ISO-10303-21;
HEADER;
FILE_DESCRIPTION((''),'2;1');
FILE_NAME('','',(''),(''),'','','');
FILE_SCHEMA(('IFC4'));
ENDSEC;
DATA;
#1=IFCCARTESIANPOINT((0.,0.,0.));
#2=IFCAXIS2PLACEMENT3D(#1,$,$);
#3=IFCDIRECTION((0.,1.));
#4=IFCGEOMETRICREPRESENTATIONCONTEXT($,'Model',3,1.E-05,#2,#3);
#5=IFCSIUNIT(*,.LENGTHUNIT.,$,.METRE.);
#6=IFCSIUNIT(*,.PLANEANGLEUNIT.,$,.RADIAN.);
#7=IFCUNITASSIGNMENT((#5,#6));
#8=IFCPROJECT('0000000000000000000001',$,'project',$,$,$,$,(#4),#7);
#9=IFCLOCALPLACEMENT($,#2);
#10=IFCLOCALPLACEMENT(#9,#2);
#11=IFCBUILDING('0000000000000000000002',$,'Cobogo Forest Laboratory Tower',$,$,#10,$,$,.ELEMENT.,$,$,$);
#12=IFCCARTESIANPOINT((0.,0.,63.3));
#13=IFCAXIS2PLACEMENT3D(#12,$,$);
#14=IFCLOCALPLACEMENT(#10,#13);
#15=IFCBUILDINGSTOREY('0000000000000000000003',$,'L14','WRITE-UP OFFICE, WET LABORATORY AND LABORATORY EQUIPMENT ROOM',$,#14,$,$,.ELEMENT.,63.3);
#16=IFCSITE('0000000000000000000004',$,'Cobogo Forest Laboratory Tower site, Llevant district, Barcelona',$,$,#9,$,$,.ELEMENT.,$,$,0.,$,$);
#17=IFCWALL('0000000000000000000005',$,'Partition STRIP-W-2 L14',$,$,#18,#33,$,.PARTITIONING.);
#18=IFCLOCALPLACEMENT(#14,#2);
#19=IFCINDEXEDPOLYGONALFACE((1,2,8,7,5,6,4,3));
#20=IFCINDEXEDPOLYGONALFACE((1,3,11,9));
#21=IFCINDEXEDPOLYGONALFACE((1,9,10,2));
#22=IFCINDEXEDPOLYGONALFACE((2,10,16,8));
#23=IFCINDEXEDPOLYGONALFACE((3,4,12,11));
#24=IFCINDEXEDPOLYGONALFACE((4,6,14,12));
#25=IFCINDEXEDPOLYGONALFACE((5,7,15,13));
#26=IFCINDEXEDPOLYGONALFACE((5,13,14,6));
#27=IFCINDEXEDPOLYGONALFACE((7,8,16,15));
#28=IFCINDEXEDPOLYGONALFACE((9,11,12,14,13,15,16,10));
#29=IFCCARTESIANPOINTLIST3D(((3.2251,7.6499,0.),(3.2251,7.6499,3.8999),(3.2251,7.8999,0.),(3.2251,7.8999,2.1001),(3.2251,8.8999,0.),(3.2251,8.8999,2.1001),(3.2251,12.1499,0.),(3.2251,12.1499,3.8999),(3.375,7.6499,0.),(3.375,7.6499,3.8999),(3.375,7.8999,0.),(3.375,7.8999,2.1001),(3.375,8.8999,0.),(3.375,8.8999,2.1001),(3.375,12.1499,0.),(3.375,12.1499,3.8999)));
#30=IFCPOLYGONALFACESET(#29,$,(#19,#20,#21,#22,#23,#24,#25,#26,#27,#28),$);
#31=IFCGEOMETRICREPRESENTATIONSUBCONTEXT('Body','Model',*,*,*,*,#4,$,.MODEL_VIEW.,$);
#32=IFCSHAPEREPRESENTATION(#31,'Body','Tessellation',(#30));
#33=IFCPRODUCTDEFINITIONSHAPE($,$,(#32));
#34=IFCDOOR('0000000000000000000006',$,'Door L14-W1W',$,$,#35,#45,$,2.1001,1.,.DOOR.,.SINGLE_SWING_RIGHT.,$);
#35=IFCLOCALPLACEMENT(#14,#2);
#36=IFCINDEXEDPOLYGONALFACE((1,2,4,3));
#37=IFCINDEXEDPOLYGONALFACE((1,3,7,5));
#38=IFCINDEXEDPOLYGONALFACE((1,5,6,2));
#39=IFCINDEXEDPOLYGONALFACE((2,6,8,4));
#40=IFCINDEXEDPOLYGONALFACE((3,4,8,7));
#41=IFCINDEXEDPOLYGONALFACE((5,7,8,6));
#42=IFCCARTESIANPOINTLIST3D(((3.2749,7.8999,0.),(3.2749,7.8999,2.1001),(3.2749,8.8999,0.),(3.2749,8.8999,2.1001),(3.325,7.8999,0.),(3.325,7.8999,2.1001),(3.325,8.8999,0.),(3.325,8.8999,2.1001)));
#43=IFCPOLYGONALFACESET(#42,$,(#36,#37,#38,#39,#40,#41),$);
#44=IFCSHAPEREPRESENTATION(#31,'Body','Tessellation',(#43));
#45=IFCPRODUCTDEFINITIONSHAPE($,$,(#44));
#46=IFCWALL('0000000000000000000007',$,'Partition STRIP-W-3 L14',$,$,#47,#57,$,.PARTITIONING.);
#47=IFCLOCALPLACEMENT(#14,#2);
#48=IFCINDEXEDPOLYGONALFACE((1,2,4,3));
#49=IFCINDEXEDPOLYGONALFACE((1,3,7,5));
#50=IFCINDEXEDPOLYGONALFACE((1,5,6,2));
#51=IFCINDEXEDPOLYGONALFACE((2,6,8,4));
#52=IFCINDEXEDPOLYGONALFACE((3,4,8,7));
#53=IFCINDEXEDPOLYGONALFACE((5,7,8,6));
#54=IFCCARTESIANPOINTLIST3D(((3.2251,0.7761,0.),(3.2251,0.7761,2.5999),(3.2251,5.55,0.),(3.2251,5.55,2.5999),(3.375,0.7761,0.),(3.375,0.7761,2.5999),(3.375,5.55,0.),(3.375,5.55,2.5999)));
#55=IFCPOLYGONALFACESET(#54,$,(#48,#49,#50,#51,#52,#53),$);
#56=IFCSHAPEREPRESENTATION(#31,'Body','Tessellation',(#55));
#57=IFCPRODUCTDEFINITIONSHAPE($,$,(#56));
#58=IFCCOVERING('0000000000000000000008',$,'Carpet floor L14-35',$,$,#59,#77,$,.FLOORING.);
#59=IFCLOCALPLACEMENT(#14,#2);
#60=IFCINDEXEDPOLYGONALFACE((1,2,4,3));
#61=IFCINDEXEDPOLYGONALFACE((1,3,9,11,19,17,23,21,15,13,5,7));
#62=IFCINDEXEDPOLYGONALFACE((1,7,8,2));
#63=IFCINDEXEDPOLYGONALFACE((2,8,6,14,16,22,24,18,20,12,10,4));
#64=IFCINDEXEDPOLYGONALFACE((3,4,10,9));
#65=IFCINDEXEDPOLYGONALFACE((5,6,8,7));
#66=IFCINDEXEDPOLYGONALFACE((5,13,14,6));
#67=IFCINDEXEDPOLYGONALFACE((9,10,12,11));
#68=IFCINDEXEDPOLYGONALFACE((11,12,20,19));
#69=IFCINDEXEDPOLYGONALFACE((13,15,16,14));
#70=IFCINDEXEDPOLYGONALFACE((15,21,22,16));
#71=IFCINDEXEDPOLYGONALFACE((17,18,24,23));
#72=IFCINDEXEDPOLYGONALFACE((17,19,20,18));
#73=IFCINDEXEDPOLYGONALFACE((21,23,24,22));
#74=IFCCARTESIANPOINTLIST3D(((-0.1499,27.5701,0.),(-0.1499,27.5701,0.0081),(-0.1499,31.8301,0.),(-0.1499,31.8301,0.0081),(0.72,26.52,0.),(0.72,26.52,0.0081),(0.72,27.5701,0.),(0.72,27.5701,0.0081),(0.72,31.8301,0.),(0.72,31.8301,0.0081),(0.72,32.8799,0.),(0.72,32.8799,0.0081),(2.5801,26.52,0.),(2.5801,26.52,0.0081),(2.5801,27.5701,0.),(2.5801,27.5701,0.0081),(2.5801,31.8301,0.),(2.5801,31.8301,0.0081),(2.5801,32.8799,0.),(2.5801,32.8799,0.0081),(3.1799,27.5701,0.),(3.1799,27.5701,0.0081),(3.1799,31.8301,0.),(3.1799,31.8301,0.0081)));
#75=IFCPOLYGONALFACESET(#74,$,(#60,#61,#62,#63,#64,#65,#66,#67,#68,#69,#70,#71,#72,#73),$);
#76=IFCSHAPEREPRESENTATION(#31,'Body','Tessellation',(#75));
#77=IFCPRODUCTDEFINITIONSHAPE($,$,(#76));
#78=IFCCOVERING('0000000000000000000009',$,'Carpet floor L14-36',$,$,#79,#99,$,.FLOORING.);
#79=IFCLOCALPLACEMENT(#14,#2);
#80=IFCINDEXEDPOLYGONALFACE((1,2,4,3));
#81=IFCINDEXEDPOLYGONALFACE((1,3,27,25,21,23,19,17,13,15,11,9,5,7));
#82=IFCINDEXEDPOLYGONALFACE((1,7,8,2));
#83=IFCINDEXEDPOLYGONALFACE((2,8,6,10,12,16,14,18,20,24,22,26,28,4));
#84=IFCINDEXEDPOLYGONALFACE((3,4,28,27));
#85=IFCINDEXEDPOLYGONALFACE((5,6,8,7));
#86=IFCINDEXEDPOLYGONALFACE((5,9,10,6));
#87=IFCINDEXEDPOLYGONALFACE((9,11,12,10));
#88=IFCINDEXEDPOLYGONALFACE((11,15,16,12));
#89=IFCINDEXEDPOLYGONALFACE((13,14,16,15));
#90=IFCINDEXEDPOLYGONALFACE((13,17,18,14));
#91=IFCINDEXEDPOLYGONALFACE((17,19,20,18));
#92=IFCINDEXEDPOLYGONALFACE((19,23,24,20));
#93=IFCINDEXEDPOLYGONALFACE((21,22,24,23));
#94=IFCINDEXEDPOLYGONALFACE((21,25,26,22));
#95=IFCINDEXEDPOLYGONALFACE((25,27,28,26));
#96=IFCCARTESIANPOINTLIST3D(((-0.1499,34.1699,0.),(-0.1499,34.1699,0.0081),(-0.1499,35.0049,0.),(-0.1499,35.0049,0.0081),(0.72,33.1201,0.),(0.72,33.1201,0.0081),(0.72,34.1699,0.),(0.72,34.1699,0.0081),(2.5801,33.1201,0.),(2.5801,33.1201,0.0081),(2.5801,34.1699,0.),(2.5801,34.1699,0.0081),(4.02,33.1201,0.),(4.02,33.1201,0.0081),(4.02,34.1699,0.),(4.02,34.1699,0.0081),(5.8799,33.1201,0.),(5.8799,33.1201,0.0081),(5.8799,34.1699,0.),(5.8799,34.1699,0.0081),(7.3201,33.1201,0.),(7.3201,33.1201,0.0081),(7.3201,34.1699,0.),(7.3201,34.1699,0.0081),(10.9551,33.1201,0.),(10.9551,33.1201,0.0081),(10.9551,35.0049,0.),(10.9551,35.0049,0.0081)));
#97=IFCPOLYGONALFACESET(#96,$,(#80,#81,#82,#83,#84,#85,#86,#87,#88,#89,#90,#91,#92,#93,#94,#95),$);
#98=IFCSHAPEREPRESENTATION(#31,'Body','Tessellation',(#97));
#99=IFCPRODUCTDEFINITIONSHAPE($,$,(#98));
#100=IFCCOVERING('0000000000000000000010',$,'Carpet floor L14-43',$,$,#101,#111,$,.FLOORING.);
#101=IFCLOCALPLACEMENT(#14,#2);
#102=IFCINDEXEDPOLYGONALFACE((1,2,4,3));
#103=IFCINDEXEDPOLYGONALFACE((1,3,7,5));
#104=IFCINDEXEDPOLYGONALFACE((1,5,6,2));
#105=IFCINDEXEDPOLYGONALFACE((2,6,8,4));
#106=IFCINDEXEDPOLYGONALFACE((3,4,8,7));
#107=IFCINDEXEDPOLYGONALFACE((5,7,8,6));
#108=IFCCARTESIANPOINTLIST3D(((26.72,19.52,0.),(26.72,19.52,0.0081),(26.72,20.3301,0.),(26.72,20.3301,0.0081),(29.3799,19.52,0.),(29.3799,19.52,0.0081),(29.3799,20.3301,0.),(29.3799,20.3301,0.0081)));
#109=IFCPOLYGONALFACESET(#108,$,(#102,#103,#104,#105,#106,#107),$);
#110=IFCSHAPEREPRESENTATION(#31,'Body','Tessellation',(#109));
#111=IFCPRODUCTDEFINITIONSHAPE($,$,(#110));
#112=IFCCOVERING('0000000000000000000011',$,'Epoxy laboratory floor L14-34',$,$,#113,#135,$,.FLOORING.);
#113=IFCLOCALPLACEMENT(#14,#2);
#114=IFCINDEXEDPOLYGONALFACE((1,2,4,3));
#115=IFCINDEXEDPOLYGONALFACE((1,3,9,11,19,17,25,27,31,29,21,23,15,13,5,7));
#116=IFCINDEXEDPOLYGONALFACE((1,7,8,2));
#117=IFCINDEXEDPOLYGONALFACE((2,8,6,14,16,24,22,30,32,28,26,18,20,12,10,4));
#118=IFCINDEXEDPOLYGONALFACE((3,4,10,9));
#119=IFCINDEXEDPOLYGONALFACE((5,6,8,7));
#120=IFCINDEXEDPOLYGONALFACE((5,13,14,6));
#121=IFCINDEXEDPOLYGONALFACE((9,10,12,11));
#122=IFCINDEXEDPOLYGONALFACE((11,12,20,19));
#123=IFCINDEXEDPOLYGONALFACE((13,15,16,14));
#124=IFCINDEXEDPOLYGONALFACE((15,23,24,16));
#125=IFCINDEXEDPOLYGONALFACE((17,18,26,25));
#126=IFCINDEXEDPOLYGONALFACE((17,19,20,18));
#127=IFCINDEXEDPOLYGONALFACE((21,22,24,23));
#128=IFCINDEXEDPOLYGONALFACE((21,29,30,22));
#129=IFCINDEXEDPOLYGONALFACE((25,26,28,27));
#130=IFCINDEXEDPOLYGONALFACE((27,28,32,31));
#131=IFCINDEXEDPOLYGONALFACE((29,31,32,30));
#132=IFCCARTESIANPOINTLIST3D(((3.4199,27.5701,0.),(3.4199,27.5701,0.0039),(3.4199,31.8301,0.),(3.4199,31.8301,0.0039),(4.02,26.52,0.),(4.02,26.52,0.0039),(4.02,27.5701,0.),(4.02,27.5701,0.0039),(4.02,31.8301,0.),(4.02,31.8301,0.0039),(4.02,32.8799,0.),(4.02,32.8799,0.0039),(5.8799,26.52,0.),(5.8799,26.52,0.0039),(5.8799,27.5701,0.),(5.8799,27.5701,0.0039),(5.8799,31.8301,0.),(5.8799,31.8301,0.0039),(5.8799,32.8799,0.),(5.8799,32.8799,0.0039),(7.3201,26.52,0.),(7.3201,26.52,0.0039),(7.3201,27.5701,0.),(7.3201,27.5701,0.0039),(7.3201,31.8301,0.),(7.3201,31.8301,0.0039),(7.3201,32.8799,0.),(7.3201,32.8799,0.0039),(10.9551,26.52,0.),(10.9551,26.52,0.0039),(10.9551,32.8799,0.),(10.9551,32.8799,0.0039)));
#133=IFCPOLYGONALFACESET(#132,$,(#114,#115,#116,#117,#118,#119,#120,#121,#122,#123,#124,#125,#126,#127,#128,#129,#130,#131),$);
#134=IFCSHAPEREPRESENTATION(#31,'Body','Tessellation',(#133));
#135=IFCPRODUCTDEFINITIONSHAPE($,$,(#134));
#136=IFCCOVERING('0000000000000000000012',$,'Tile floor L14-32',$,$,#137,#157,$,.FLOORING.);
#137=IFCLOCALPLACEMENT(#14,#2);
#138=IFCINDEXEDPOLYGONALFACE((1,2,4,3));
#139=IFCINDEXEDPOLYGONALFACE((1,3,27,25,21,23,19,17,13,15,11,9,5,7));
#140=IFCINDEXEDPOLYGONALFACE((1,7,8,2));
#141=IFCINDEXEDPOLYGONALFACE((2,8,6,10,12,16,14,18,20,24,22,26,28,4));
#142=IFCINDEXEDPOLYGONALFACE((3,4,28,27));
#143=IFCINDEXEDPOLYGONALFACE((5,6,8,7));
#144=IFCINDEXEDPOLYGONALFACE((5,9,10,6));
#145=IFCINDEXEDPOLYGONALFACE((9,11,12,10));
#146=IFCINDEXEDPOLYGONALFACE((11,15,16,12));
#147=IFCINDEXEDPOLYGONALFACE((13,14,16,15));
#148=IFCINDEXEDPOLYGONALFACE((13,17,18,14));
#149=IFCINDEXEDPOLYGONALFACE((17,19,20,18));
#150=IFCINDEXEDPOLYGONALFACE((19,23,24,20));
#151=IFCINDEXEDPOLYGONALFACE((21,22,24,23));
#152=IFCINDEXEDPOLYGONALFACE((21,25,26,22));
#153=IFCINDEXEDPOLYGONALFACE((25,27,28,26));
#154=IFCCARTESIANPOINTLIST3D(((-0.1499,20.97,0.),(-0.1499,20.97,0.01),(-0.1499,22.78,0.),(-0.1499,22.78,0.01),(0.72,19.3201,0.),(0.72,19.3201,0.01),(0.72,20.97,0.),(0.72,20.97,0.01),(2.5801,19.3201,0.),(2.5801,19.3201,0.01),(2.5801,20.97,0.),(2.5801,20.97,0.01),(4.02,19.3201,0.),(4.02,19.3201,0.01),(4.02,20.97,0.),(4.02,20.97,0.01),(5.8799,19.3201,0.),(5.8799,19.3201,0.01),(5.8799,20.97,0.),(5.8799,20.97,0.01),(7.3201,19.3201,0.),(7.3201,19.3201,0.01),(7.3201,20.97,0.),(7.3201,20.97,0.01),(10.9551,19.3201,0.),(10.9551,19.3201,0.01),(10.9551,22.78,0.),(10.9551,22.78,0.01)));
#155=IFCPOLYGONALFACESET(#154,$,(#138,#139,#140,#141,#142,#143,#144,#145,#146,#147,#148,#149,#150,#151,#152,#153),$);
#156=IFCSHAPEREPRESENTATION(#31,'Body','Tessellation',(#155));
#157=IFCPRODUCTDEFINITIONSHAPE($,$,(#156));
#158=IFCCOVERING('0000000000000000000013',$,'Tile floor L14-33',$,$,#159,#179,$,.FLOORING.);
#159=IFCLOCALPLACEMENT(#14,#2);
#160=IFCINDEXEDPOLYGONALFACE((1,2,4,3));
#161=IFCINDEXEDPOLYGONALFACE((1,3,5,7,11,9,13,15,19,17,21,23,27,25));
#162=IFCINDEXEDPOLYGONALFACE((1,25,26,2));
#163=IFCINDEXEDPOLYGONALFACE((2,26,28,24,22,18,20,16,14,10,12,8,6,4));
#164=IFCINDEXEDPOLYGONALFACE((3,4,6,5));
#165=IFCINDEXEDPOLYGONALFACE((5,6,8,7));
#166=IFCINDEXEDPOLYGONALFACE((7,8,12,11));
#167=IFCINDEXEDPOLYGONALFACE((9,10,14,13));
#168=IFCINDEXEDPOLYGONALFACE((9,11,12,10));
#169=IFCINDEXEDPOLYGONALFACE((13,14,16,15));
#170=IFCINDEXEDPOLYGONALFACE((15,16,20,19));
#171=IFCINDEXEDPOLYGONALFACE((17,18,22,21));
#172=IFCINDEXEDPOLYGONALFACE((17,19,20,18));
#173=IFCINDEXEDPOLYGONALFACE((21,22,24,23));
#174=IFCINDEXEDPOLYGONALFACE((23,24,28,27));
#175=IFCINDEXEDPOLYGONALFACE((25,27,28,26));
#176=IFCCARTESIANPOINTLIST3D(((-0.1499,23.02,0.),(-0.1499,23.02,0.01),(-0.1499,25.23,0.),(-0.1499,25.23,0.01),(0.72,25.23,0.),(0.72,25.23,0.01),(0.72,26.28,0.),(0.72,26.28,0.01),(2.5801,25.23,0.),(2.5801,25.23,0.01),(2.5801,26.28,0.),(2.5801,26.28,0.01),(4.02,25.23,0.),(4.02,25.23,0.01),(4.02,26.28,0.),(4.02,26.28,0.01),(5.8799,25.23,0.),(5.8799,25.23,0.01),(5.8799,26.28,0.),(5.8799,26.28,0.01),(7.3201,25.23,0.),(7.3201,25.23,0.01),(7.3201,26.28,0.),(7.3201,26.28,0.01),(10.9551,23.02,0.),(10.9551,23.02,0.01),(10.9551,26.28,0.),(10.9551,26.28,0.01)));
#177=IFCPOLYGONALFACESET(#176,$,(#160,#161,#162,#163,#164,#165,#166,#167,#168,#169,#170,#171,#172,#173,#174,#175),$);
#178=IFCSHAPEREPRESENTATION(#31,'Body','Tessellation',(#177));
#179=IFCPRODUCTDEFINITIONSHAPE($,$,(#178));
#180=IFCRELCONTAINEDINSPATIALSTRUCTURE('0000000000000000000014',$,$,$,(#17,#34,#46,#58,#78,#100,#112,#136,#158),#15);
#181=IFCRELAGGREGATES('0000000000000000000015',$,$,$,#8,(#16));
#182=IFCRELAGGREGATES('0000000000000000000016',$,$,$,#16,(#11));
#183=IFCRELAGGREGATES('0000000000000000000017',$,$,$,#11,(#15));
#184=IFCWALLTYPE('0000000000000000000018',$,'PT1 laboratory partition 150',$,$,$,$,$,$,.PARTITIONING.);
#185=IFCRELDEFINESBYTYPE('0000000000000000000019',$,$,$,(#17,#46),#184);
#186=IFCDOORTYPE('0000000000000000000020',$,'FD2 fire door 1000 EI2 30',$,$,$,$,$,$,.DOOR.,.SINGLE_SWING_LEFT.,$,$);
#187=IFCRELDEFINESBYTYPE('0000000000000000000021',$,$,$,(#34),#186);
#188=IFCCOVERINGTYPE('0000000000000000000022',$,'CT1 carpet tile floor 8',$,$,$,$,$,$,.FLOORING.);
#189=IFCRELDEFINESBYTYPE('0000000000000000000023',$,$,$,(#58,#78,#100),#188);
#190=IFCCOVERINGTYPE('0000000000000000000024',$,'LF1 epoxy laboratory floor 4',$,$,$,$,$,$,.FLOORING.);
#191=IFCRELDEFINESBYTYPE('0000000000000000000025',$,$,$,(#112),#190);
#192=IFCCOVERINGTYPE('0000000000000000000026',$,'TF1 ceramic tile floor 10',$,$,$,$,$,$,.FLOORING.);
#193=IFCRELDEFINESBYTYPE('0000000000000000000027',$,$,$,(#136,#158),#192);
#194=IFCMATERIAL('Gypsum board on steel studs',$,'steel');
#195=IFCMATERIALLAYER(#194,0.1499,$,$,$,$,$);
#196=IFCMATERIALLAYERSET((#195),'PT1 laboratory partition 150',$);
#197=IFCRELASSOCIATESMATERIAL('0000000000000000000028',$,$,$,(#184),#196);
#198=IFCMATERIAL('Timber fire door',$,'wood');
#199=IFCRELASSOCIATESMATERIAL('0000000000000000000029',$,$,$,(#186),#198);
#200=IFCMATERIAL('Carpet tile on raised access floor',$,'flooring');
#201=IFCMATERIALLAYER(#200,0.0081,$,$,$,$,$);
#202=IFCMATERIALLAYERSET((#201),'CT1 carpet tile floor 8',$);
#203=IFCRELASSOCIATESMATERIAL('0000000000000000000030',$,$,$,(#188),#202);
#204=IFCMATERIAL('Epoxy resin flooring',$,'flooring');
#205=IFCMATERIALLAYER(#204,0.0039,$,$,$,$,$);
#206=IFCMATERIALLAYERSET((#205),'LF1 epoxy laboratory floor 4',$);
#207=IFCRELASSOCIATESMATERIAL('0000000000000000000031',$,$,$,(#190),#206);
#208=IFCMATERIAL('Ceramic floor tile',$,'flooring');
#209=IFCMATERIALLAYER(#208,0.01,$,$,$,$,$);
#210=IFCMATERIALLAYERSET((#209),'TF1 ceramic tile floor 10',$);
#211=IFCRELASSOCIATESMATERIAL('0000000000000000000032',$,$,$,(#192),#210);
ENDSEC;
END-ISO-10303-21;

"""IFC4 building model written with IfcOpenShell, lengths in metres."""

from ifc_helpers import new_model, si_unit, direction, frame, frame_2d, origin, place, context, subcontext, project, spatial, polyline, rectangle, outline, extrude, material, layer, layer_set, type_object, element, fill, save


model = new_model("IFC4")

# Units and contexts
model_context = context("Model", 3, precision=1e-05, world=origin(), true_north=direction((0.0, 1.0)))
body_context = subcontext(model_context, "Body", "Model", "MODEL_VIEW")
ifc_project = project(units=[si_unit("LENGTHUNIT", "METRE"), si_unit("PLANEANGLEUNIT", "RADIAN")], contexts=[model_context])

# Site, building, storey
site_placement = place(None, origin())
site = spatial("IfcSite", under=ifc_project, at=site_placement, Name="Cobogo Forest Laboratory Tower site, Llevant district, Barcelona", CompositionType="ELEMENT", RefElevation=0.0)
building_placement = place(site_placement, origin())
building = spatial("IfcBuilding", under=site, at=building_placement, Name="Cobogo Forest Laboratory Tower", CompositionType="ELEMENT")
storey_placement = place(building_placement, frame((0.0, 0.0, 63.3)))
storey = spatial("IfcBuildingStorey", under=building, at=storey_placement, Name="L14", Description="WRITE-UP OFFICE, WET LABORATORY AND LABORATORY EQUIPMENT ROOM", CompositionType="ELEMENT", Elevation=63.3)

# Wall, opening, door
ifc_material_1 = material(Name="Gypsum board on steel studs", Category="steel")
ifc_layer_1 = layer(ifc_material_1, 0.1499)
ifc_layer_set_1 = layer_set([ifc_layer_1], Name="PT1 laboratory partition 150")
wall_type = type_object("IfcWallType", Name="PT1 laboratory partition 150", PredefinedType="PARTITIONING", material=ifc_layer_set_1)
wall_1_placement = place(storey_placement, frame((3.3, 12.1499, 0.0), z_axis=(0.0, 0.0, 1.0), x_axis=(0.0, -1.0, 0.0)))
wall_1 = element("IfcWall", 1, at=wall_1_placement, inside=storey, type_object=wall_type, Name="Partition STRIP-W-2 L14", PredefinedType="PARTITIONING", context=body_context, shape_type="SweptSolid", body=[
    extrude(rectangle(XDim=4.5, YDim=0.1499, at=frame_2d((2.25, 0.0))), origin(), (0.0, 0.0, 1.0), 3.8999),
])
opening_placement = place(wall_1_placement, frame((3.25, 0.0, 0.0)))
opening = element("IfcOpeningElement", 2, at=opening_placement, cuts=wall_1, PredefinedType="OPENING", context=body_context, shape_type="SweptSolid", body=[
    extrude(rectangle(XDim=1.0, YDim=2.1001, at=frame_2d((0.5, 1.05))), frame((0.0, 0.085, 0.0), z_axis=(0.0, -1.0, 0.0), x_axis=(1.0, 0.0, 0.0)), (0.0, 0.0, 1.0), 0.1699),
])
ifc_material_2 = material(Name="Timber fire door", Category="wood")
door_type = type_object("IfcDoorType", Name="FD2 fire door 1000 EI2 30", OperationType="SINGLE_SWING_LEFT", PredefinedType="DOOR", material=ifc_material_2)
door_placement = place(opening_placement, origin())
door = element("IfcDoor", 3, at=door_placement, inside=storey, type_object=door_type, Name="Door L14-W1W", OperationType="SINGLE_SWING_RIGHT", OverallHeight=2.1001, OverallWidth=1.0, PredefinedType="DOOR", context=body_context, shape_type="SweptSolid", body=[
    extrude(rectangle(XDim=1.0, YDim=2.1001, at=frame_2d((0.5, 1.05))), frame((0.0, 0.0249, 0.0), z_axis=(0.0, -1.0, 0.0), x_axis=(1.0, 0.0, 0.0)), (0.0, 0.0, 1.0), 0.05),
])
fill(opening, door)

# Wall
wall_2_placement = place(storey_placement, frame((3.3, 5.55, 0.0), z_axis=(0.0, 0.0, 1.0), x_axis=(0.0, -1.0, 0.0)))
element("IfcWall", 4, at=wall_2_placement, inside=storey, type_object=wall_type, Name="Partition STRIP-W-3 L14", PredefinedType="PARTITIONING", context=body_context, shape_type="SweptSolid", body=[
    extrude(rectangle(XDim=4.7739, YDim=0.1499, at=frame_2d((2.387, 0.0))), origin(), (0.0, 0.0, 1.0), 2.5999),
])

# Coverings
ifc_material_3 = material(Name="Carpet tile on raised access floor", Category="flooring")
ifc_layer_2 = layer(ifc_material_3, 0.0081)
ifc_layer_set_2 = layer_set([ifc_layer_2], Name="CT1 carpet tile floor 8")
covering_type_1 = type_object("IfcCoveringType", Name="CT1 carpet tile floor 8", PredefinedType="FLOORING", material=ifc_layer_set_2)
covering_1_placement = place(storey_placement, origin())
element("IfcCovering", 5, at=covering_1_placement, inside=storey, type_object=covering_type_1, Name="Carpet floor L14-35", PredefinedType="FLOORING", context=body_context, shape_type="SweptSolid", body=[
    extrude(outline(polyline([(3.1799, 27.5701), (2.5801, 27.5701), (2.5801, 26.52), (0.72, 26.52), (0.72, 27.5701), (-0.1499, 27.5701), (-0.1499, 31.8301), (0.72, 31.8301), (0.72, 32.8799), (2.5801, 32.8799), (2.5801, 31.8301), (3.1799, 31.8301), (3.1799, 27.5701)])), origin(), (0.0, 0.0, 1.0), 0.0081),
])
covering_2_placement = place(storey_placement, origin())
element("IfcCovering", 6, at=covering_2_placement, inside=storey, type_object=covering_type_1, Name="Carpet floor L14-36", PredefinedType="FLOORING", context=body_context, shape_type="SweptSolid", body=[
    extrude(outline(polyline([(10.9551, 33.1201), (7.3201, 33.1201), (7.3201, 34.1699), (5.8799, 34.1699), (5.8799, 33.1201), (4.02, 33.1201), (4.02, 34.1699), (2.5801, 34.1699), (2.5801, 33.1201), (0.72, 33.1201), (0.72, 34.1699), (-0.1499, 34.1699), (-0.1499, 35.0049), (10.9551, 35.0049), (10.9551, 33.1201)])), origin(), (0.0, 0.0, 1.0), 0.0081),
])
covering_3_placement = place(storey_placement, origin())
element("IfcCovering", 7, at=covering_3_placement, inside=storey, type_object=covering_type_1, Name="Carpet floor L14-43", PredefinedType="FLOORING", context=body_context, shape_type="SweptSolid", body=[
    extrude(outline(polyline([(29.3799, 19.52), (26.72, 19.52), (26.72, 20.3301), (29.3799, 20.3301), (29.3799, 19.52)])), origin(), (0.0, 0.0, 1.0), 0.0081),
])
ifc_material_4 = material(Name="Epoxy resin flooring", Category="flooring")
ifc_layer_3 = layer(ifc_material_4, 0.0039)
ifc_layer_set_3 = layer_set([ifc_layer_3], Name="LF1 epoxy laboratory floor 4")
covering_type_2 = type_object("IfcCoveringType", Name="LF1 epoxy laboratory floor 4", PredefinedType="FLOORING", material=ifc_layer_set_3)
covering_4_placement = place(storey_placement, origin())
element("IfcCovering", 8, at=covering_4_placement, inside=storey, type_object=covering_type_2, Name="Epoxy laboratory floor L14-34", PredefinedType="FLOORING", context=body_context, shape_type="SweptSolid", body=[
    extrude(outline(polyline([(3.4199, 31.8301), (4.02, 31.8301), (4.02, 32.8799), (5.8799, 32.8799), (5.8799, 31.8301), (7.3201, 31.8301), (7.3201, 32.8799), (10.9551, 32.8799), (10.9551, 26.52), (7.3201, 26.52), (7.3201, 27.5701), (5.8799, 27.5701), (5.8799, 26.52), (4.02, 26.52), (4.02, 27.5701), (3.4199, 27.5701), (3.4199, 31.8301)])), origin(), (0.0, 0.0, 1.0), 0.0039),
])
ifc_material_5 = material(Name="Ceramic floor tile", Category="flooring")
ifc_layer_4 = layer(ifc_material_5, 0.01)
ifc_layer_set_4 = layer_set([ifc_layer_4], Name="TF1 ceramic tile floor 10")
covering_type_3 = type_object("IfcCoveringType", Name="TF1 ceramic tile floor 10", PredefinedType="FLOORING", material=ifc_layer_set_4)
covering_5_placement = place(storey_placement, origin())
element("IfcCovering", 9, at=covering_5_placement, inside=storey, type_object=covering_type_3, Name="Tile floor L14-32", PredefinedType="FLOORING", context=body_context, shape_type="SweptSolid", body=[
    extrude(outline(polyline([(10.9551, 19.3201), (7.3201, 19.3201), (7.3201, 20.97), (5.8799, 20.97), (5.8799, 19.3201), (4.02, 19.3201), (4.02, 20.97), (2.5801, 20.97), (2.5801, 19.3201), (0.72, 19.3201), (0.72, 20.97), (-0.1499, 20.97), (-0.1499, 22.78), (10.9551, 22.78), (10.9551, 19.3201)])), origin(), (0.0, 0.0, 1.0), 0.01),
])
covering_6_placement = place(storey_placement, origin())
element("IfcCovering", 10, at=covering_6_placement, inside=storey, type_object=covering_type_3, Name="Tile floor L14-33", PredefinedType="FLOORING", context=body_context, shape_type="SweptSolid", body=[
    extrude(outline(polyline([(10.9551, 23.02), (-0.1499, 23.02), (-0.1499, 25.23), (0.72, 25.23), (0.72, 26.28), (2.5801, 26.28), (2.5801, 25.23), (4.02, 25.23), (4.02, 26.28), (5.8799, 26.28), (5.8799, 25.23), (7.3201, 25.23), (7.3201, 26.28), (10.9551, 26.28), (10.9551, 23.02)])), origin(), (0.0, 0.0, 1.0), 0.01),
])

save(model, "model.ifc")
